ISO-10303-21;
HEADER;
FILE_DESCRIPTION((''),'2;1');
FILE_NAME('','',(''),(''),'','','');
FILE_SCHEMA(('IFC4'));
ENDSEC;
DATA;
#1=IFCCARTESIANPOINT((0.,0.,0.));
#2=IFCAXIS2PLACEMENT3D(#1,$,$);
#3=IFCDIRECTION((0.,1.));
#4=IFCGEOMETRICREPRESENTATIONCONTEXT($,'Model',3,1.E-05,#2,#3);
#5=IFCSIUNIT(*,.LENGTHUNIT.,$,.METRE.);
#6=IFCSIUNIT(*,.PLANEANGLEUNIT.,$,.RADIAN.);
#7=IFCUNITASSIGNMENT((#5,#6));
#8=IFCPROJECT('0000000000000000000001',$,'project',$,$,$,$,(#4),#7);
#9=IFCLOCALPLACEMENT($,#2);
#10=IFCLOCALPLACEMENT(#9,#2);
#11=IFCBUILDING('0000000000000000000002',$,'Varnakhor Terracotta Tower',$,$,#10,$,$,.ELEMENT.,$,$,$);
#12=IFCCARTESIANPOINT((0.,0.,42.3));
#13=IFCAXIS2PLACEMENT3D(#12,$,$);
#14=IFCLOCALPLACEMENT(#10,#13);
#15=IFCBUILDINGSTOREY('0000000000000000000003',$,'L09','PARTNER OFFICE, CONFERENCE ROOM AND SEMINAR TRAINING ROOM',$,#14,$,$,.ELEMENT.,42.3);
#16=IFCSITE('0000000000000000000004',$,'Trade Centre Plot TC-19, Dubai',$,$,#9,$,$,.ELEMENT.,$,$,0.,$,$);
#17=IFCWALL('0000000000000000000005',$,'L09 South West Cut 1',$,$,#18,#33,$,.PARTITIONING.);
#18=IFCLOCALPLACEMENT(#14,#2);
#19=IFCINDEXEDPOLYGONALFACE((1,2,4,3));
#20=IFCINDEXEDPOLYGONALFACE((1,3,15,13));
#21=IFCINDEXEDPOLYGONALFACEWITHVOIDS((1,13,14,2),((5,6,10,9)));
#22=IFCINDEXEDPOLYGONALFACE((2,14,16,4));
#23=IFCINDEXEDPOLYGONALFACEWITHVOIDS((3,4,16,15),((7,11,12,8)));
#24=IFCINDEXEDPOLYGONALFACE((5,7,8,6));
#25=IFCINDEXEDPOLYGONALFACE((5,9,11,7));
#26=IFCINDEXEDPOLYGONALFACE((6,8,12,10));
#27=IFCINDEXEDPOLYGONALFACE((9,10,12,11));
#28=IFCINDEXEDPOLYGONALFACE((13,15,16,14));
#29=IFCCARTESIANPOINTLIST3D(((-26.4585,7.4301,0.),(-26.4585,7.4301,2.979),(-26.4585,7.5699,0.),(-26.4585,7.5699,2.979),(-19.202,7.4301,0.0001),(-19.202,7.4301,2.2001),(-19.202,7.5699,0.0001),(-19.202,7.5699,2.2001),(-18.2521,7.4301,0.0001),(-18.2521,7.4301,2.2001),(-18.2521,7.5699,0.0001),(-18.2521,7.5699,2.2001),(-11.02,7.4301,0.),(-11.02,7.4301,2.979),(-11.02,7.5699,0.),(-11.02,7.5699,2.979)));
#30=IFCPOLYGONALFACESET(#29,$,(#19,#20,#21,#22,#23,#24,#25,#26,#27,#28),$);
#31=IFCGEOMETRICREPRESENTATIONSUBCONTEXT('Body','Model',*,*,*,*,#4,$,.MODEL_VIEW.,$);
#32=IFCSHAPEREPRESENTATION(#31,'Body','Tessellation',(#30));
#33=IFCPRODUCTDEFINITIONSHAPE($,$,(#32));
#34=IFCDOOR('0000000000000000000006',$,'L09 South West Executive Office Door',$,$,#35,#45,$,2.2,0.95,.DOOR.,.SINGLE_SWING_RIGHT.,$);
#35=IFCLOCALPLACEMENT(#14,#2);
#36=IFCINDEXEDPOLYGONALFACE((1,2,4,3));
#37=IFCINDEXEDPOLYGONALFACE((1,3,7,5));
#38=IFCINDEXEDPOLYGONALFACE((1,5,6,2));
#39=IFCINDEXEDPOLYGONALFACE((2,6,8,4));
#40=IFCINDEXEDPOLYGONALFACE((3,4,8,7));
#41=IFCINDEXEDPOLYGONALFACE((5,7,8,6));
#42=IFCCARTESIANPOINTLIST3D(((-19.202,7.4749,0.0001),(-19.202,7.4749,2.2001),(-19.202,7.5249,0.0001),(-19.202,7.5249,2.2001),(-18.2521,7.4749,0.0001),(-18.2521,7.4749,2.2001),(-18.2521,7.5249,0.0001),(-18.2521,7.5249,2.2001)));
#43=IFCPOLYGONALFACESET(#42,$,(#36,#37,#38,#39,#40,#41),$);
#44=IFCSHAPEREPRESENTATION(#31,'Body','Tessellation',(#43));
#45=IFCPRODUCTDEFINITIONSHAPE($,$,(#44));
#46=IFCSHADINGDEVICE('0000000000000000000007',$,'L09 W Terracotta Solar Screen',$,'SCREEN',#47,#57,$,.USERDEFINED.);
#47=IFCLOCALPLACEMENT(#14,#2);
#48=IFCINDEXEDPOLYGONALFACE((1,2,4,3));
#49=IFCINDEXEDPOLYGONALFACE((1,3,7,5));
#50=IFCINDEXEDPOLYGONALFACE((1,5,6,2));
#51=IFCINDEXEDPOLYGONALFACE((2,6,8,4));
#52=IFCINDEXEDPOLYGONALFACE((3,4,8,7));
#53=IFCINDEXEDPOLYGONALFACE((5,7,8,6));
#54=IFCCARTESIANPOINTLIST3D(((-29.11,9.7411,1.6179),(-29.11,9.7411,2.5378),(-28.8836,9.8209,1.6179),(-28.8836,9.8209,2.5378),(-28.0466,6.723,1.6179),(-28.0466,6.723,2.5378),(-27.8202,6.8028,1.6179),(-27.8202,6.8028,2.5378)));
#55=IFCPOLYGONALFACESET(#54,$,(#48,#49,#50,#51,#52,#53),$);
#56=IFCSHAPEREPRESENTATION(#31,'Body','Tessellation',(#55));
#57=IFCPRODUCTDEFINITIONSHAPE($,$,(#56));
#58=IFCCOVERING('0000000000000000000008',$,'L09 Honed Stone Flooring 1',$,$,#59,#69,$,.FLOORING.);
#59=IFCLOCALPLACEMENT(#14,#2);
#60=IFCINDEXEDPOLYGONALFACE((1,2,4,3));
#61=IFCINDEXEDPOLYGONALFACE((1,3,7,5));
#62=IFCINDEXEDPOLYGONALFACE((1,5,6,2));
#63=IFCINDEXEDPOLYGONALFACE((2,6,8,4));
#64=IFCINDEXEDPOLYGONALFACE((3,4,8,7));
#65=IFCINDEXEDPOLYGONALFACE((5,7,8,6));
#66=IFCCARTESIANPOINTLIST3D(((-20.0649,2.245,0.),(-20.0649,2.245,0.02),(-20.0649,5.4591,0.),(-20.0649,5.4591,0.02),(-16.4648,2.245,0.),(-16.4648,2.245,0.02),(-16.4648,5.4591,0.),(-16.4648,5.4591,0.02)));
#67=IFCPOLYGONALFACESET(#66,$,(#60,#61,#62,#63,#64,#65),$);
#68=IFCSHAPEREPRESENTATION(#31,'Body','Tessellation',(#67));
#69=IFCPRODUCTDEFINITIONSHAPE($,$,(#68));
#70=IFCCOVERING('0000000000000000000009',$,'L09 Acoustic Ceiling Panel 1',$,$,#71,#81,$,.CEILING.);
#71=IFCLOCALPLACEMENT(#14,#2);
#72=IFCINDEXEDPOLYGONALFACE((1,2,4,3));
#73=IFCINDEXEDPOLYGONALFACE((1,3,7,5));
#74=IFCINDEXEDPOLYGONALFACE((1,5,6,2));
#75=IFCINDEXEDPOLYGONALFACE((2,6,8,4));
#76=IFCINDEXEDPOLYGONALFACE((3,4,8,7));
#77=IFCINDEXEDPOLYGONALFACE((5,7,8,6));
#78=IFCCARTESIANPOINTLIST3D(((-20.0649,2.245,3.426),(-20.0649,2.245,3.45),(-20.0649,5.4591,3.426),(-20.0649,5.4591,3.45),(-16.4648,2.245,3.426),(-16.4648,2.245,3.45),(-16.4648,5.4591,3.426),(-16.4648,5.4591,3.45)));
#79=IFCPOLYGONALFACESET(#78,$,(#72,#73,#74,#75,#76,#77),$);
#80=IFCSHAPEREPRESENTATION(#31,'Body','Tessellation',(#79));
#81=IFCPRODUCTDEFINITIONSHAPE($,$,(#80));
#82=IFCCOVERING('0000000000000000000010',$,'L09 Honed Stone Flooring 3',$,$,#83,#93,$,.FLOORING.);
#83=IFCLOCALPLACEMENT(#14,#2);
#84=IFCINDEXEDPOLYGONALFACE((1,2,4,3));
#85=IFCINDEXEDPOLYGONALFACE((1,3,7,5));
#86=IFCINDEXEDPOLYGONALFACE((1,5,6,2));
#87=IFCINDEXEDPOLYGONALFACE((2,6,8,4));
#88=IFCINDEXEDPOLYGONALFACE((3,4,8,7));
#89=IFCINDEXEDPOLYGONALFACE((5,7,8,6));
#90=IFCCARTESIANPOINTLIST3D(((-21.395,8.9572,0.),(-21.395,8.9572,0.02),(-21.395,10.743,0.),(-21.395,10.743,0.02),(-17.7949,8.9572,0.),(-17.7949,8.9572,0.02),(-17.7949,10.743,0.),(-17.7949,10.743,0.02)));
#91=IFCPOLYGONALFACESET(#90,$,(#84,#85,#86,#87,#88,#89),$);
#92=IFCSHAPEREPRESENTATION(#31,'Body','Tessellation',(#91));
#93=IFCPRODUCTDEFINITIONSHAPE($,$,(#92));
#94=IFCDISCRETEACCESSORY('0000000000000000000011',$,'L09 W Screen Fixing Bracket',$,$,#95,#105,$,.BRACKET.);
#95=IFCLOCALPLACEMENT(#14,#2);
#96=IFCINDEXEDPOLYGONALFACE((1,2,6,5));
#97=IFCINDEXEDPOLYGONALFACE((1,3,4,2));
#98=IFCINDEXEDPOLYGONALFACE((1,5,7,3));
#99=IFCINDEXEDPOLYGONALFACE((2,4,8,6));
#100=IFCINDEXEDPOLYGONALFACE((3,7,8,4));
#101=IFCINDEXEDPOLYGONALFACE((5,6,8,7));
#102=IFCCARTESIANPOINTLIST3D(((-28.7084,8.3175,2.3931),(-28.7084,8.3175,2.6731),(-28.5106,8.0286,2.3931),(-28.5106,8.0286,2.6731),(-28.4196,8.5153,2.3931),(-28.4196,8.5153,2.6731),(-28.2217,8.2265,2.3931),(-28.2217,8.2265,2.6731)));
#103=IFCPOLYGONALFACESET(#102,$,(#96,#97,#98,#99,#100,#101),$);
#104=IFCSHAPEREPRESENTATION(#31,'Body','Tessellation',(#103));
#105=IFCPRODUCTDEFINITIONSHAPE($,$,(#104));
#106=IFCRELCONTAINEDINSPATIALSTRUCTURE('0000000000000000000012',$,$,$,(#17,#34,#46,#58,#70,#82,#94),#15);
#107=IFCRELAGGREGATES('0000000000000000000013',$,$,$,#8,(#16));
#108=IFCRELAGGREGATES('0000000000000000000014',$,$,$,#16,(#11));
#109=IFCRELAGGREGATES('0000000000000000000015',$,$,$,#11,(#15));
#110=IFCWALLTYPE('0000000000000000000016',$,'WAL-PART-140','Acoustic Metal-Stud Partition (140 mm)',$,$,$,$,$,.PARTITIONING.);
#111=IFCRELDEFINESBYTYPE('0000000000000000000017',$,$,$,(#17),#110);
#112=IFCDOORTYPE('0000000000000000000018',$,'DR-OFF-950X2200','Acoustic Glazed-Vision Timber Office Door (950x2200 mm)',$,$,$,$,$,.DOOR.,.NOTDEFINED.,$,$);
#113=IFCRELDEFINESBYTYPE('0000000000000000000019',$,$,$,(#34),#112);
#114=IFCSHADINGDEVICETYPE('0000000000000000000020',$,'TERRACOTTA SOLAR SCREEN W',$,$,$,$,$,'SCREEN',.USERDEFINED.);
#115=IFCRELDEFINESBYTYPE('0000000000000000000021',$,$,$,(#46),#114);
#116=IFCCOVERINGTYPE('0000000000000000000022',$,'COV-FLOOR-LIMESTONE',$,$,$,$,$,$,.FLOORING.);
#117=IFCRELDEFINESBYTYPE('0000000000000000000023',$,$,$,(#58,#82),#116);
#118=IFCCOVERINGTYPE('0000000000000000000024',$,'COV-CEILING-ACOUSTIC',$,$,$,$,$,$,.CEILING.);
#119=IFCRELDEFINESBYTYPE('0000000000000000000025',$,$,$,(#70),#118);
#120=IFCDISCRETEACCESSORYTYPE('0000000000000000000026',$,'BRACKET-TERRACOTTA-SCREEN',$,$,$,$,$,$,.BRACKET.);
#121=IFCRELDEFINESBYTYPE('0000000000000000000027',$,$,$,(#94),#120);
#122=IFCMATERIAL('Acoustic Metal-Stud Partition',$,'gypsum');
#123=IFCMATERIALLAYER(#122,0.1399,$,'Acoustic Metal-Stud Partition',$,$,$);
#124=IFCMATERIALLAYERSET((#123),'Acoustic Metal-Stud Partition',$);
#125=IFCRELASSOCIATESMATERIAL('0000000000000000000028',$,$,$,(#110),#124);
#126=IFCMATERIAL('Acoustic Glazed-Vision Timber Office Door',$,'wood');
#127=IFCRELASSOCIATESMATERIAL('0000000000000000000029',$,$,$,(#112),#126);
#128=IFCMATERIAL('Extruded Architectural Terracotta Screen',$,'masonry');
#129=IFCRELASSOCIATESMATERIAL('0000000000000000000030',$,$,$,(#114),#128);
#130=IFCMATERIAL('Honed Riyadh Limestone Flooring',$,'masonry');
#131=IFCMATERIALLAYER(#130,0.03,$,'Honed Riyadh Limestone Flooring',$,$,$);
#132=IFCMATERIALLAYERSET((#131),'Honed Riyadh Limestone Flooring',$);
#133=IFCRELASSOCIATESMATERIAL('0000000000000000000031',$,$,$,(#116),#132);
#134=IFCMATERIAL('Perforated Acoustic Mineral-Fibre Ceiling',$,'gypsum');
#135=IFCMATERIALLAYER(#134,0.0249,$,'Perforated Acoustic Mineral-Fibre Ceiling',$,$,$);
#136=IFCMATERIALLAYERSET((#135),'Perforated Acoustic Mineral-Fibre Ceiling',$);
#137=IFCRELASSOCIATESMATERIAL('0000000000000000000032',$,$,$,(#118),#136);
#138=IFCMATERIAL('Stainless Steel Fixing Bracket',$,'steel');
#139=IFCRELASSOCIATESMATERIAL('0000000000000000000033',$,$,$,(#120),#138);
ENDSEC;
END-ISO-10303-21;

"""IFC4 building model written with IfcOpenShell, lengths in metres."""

from ifc_helpers import new_model, si_unit, direction, frame, frame_2d, origin, origin_2d, place, context, subcontext, project, spatial, rectangle, extrude, source, transform, mapped, material, layer, layer_set, type_object, type_shapes, element, fill, save


model = new_model("IFC4")

# Units and contexts
model_context = context("Model", 3, precision=1e-05, world=origin(), true_north=direction((0.0, 1.0)))
body_context = subcontext(model_context, "Body", "Model", "MODEL_VIEW")
ifc_project = project(units=[si_unit("LENGTHUNIT", "METRE"), si_unit("PLANEANGLEUNIT", "RADIAN")], contexts=[model_context])

# Site, building, storey
site_placement = place(None, origin())
site = spatial("IfcSite", under=ifc_project, at=site_placement, Name="Trade Centre Plot TC-19, Dubai", CompositionType="ELEMENT", RefElevation=0.0)
building_placement = place(site_placement, origin())
building = spatial("IfcBuilding", under=site, at=building_placement, Name="Varnakhor Terracotta Tower", CompositionType="ELEMENT")
storey_placement = place(building_placement, frame((0.0, 0.0, 42.3)))
storey = spatial("IfcBuildingStorey", under=building, at=storey_placement, Name="L09", Description="PARTNER OFFICE, CONFERENCE ROOM AND SEMINAR TRAINING ROOM", CompositionType="ELEMENT", Elevation=42.3)

# Wall, opening, door
ifc_material_1 = material(Name="Acoustic Metal-Stud Partition", Category="gypsum")
ifc_layer_1 = layer(ifc_material_1, 0.1399, Name="Acoustic Metal-Stud Partition")
ifc_layer_set_1 = layer_set([ifc_layer_1], Name="Acoustic Metal-Stud Partition")
wall_type = type_object("IfcWallType", Name="WAL-PART-140", Description="Acoustic Metal-Stud Partition (140 mm)", PredefinedType="PARTITIONING", material=ifc_layer_set_1)
wall_placement = place(storey_placement, frame((-26.4585, 7.5, 0.0), z_axis=(0.0, 0.0, 1.0), x_axis=(1.0, 0.0, 0.0)))
wall = element("IfcWall", 1, at=wall_placement, inside=storey, type_object=wall_type, Name="L09 South West Cut 1", PredefinedType="PARTITIONING", context=body_context, shape_type="SweptSolid", body=[
    extrude(rectangle(XDim=15.4385, YDim=0.1399, at=frame_2d((7.7192, 0.0))), origin(), (0.0, 0.0, 1.0), 2.979),
])
opening_placement = place(wall_placement, frame((7.2563, 0.0, 0.0)))
opening = element("IfcOpeningElement", 2, at=opening_placement, cuts=wall, PredefinedType="OPENING", context=body_context, shape_type="SweptSolid", body=[
    extrude(rectangle(XDim=0.95, YDim=2.2, at=frame_2d((0.4751, 1.1001))), frame((0.0, 0.0801, 0.0), z_axis=(0.0, -1.0, 0.0), x_axis=(1.0, 0.0, 0.0)), (0.0, 0.0, 1.0), 0.1599),
])
ifc_material_2 = material(Name="Acoustic Glazed-Vision Timber Office Door", Category="wood")
door_type = type_object("IfcDoorType", Name="DR-OFF-950X2200", Description="Acoustic Glazed-Vision Timber Office Door (950x2200 mm)", OperationType="NOTDEFINED", PredefinedType="DOOR", material=ifc_material_2)
shared_shape_1 = source(origin(), body_context, "Body", "SweptSolid", [
    extrude(rectangle(XDim=0.95, YDim=2.2, at=frame_2d((0.4751, 1.1001))), frame((0.0, 0.0249, 0.0), z_axis=(0.0, -1.0, 0.0), x_axis=(1.0, 0.0, 0.0)), (0.0, 0.0, 1.0), 0.05),
])
type_shapes(door_type, [shared_shape_1])
door_placement = place(opening_placement, origin())
door = element("IfcDoor", 3, at=door_placement, inside=storey, type_object=door_type, Name="L09 South West Executive Office Door", OperationType="SINGLE_SWING_RIGHT", OverallHeight=2.2, OverallWidth=0.95, PredefinedType="DOOR", context=body_context, shape_type="MappedRepresentation", body=[
    mapped(shared_shape_1, transform((0.0, 0.0, 0.0), scale=1.0)),
])
fill(opening, door)

# Shading device
ifc_material_3 = material(Name="Extruded Architectural Terracotta Screen", Category="masonry")
shading_device_type = type_object("IfcShadingDeviceType", Name="TERRACOTTA SOLAR SCREEN W", ElementType="SCREEN", PredefinedType="USERDEFINED", material=ifc_material_3)
shared_shape_2 = source(origin(), body_context, "Body", "SweptSolid", [
    extrude(rectangle(XDim=3.2, YDim=0.24, at=origin_2d()), origin(), (0.0, 0.0, 1.0), 0.9199),
])
type_shapes(shading_device_type, [shared_shape_2])
shading_device_placement = place(storey_placement, frame((-28.4651, 8.272, 1.6179), z_axis=(0.0, 0.0, 1.0), x_axis=(0.332309, -0.94317, 0.0)))
element("IfcShadingDevice", 4, at=shading_device_placement, inside=storey, type_object=shading_device_type, Name="L09 W Terracotta Solar Screen", ObjectType="SCREEN", PredefinedType="USERDEFINED", context=body_context, shape_type="MappedRepresentation", body=[
    mapped(shared_shape_2, transform((0.0, 0.0, 0.0), scale=1.0)),
])

# Coverings
ifc_material_4 = material(Name="Honed Riyadh Limestone Flooring", Category="masonry")
ifc_layer_2 = layer(ifc_material_4, 0.03, Name="Honed Riyadh Limestone Flooring")
ifc_layer_set_2 = layer_set([ifc_layer_2], Name="Honed Riyadh Limestone Flooring")
covering_type_1 = type_object("IfcCoveringType", Name="COV-FLOOR-LIMESTONE", PredefinedType="FLOORING", material=ifc_layer_set_2)
shared_shape_3 = source(origin(), body_context, "Body", "SweptSolid", [
    extrude(rectangle(XDim=3.6001, YDim=3.2141, at=origin_2d()), origin(), (0.0, 0.0, 1.0), 0.02),
])
covering_1_placement = place(storey_placement, frame((-18.2649, 3.8521, 0.0), z_axis=(0.0, 0.0, 1.0), x_axis=(1.0, 0.0, 0.0)))
element("IfcCovering", 5, at=covering_1_placement, inside=storey, type_object=covering_type_1, Name="L09 Honed Stone Flooring 1", PredefinedType="FLOORING", context=body_context, shape_type="MappedRepresentation", body=[
    mapped(shared_shape_3, transform((0.0, 0.0, 0.0), scale=1.0)),
])
ifc_material_5 = material(Name="Perforated Acoustic Mineral-Fibre Ceiling", Category="gypsum")
ifc_layer_3 = layer(ifc_material_5, 0.0249, Name="Perforated Acoustic Mineral-Fibre Ceiling")
ifc_layer_set_3 = layer_set([ifc_layer_3], Name="Perforated Acoustic Mineral-Fibre Ceiling")
covering_type_2 = type_object("IfcCoveringType", Name="COV-CEILING-ACOUSTIC", PredefinedType="CEILING", material=ifc_layer_set_3)
shared_shape_4 = source(origin(), body_context, "Body", "SweptSolid", [
    extrude(rectangle(XDim=3.6001, YDim=3.2141, at=origin_2d()), origin(), (0.0, 0.0, 1.0), 0.0239),
])
covering_2_placement = place(storey_placement, frame((-18.2649, 3.8521, 3.426), z_axis=(0.0, 0.0, 1.0), x_axis=(1.0, 0.0, 0.0)))
element("IfcCovering", 6, at=covering_2_placement, inside=storey, type_object=covering_type_2, Name="L09 Acoustic Ceiling Panel 1", PredefinedType="CEILING", context=body_context, shape_type="MappedRepresentation", body=[
    mapped(shared_shape_4, transform((0.0, 0.0, 0.0), scale=1.0)),
])
shared_shape_5 = source(origin(), body_context, "Body", "SweptSolid", [
    extrude(rectangle(XDim=3.6001, YDim=1.7859, at=origin_2d()), origin(), (0.0, 0.0, 1.0), 0.02),
])
covering_3_placement = place(storey_placement, frame((-19.595, 9.8501, 0.0), z_axis=(0.0, 0.0, 1.0), x_axis=(1.0, 0.0, 0.0)))
element("IfcCovering", 7, at=covering_3_placement, inside=storey, type_object=covering_type_1, Name="L09 Honed Stone Flooring 3", PredefinedType="FLOORING", context=body_context, shape_type="MappedRepresentation", body=[
    mapped(shared_shape_5, transform((0.0, 0.0, 0.0), scale=1.0)),
])

# Discrete accessory
ifc_material_6 = material(Name="Stainless Steel Fixing Bracket", Category="steel")
discrete_accessory_type = type_object("IfcDiscreteAccessoryType", Name="BRACKET-TERRACOTTA-SCREEN", PredefinedType="BRACKET", material=ifc_material_6)
shared_shape_6 = source(origin(), body_context, "Body", "SweptSolid", [
    extrude(rectangle(XDim=0.3501, YDim=0.3501, at=origin_2d()), origin(), (0.0, 0.0, 1.0), 0.28),
])
type_shapes(discrete_accessory_type, [shared_shape_6])
discrete_accessory_placement = place(storey_placement, frame((-28.4651, 8.272, 2.3931), z_axis=(0.0, 0.0, 1.0), x_axis=(0.565097, -0.825025, 0.0)))
element("IfcDiscreteAccessory", 8, at=discrete_accessory_placement, inside=storey, type_object=discrete_accessory_type, Name="L09 W Screen Fixing Bracket", PredefinedType="BRACKET", context=body_context, shape_type="MappedRepresentation", body=[
    mapped(shared_shape_6, transform((0.0, 0.0, 0.0), scale=1.0)),
])

save(model, "model.ifc")
